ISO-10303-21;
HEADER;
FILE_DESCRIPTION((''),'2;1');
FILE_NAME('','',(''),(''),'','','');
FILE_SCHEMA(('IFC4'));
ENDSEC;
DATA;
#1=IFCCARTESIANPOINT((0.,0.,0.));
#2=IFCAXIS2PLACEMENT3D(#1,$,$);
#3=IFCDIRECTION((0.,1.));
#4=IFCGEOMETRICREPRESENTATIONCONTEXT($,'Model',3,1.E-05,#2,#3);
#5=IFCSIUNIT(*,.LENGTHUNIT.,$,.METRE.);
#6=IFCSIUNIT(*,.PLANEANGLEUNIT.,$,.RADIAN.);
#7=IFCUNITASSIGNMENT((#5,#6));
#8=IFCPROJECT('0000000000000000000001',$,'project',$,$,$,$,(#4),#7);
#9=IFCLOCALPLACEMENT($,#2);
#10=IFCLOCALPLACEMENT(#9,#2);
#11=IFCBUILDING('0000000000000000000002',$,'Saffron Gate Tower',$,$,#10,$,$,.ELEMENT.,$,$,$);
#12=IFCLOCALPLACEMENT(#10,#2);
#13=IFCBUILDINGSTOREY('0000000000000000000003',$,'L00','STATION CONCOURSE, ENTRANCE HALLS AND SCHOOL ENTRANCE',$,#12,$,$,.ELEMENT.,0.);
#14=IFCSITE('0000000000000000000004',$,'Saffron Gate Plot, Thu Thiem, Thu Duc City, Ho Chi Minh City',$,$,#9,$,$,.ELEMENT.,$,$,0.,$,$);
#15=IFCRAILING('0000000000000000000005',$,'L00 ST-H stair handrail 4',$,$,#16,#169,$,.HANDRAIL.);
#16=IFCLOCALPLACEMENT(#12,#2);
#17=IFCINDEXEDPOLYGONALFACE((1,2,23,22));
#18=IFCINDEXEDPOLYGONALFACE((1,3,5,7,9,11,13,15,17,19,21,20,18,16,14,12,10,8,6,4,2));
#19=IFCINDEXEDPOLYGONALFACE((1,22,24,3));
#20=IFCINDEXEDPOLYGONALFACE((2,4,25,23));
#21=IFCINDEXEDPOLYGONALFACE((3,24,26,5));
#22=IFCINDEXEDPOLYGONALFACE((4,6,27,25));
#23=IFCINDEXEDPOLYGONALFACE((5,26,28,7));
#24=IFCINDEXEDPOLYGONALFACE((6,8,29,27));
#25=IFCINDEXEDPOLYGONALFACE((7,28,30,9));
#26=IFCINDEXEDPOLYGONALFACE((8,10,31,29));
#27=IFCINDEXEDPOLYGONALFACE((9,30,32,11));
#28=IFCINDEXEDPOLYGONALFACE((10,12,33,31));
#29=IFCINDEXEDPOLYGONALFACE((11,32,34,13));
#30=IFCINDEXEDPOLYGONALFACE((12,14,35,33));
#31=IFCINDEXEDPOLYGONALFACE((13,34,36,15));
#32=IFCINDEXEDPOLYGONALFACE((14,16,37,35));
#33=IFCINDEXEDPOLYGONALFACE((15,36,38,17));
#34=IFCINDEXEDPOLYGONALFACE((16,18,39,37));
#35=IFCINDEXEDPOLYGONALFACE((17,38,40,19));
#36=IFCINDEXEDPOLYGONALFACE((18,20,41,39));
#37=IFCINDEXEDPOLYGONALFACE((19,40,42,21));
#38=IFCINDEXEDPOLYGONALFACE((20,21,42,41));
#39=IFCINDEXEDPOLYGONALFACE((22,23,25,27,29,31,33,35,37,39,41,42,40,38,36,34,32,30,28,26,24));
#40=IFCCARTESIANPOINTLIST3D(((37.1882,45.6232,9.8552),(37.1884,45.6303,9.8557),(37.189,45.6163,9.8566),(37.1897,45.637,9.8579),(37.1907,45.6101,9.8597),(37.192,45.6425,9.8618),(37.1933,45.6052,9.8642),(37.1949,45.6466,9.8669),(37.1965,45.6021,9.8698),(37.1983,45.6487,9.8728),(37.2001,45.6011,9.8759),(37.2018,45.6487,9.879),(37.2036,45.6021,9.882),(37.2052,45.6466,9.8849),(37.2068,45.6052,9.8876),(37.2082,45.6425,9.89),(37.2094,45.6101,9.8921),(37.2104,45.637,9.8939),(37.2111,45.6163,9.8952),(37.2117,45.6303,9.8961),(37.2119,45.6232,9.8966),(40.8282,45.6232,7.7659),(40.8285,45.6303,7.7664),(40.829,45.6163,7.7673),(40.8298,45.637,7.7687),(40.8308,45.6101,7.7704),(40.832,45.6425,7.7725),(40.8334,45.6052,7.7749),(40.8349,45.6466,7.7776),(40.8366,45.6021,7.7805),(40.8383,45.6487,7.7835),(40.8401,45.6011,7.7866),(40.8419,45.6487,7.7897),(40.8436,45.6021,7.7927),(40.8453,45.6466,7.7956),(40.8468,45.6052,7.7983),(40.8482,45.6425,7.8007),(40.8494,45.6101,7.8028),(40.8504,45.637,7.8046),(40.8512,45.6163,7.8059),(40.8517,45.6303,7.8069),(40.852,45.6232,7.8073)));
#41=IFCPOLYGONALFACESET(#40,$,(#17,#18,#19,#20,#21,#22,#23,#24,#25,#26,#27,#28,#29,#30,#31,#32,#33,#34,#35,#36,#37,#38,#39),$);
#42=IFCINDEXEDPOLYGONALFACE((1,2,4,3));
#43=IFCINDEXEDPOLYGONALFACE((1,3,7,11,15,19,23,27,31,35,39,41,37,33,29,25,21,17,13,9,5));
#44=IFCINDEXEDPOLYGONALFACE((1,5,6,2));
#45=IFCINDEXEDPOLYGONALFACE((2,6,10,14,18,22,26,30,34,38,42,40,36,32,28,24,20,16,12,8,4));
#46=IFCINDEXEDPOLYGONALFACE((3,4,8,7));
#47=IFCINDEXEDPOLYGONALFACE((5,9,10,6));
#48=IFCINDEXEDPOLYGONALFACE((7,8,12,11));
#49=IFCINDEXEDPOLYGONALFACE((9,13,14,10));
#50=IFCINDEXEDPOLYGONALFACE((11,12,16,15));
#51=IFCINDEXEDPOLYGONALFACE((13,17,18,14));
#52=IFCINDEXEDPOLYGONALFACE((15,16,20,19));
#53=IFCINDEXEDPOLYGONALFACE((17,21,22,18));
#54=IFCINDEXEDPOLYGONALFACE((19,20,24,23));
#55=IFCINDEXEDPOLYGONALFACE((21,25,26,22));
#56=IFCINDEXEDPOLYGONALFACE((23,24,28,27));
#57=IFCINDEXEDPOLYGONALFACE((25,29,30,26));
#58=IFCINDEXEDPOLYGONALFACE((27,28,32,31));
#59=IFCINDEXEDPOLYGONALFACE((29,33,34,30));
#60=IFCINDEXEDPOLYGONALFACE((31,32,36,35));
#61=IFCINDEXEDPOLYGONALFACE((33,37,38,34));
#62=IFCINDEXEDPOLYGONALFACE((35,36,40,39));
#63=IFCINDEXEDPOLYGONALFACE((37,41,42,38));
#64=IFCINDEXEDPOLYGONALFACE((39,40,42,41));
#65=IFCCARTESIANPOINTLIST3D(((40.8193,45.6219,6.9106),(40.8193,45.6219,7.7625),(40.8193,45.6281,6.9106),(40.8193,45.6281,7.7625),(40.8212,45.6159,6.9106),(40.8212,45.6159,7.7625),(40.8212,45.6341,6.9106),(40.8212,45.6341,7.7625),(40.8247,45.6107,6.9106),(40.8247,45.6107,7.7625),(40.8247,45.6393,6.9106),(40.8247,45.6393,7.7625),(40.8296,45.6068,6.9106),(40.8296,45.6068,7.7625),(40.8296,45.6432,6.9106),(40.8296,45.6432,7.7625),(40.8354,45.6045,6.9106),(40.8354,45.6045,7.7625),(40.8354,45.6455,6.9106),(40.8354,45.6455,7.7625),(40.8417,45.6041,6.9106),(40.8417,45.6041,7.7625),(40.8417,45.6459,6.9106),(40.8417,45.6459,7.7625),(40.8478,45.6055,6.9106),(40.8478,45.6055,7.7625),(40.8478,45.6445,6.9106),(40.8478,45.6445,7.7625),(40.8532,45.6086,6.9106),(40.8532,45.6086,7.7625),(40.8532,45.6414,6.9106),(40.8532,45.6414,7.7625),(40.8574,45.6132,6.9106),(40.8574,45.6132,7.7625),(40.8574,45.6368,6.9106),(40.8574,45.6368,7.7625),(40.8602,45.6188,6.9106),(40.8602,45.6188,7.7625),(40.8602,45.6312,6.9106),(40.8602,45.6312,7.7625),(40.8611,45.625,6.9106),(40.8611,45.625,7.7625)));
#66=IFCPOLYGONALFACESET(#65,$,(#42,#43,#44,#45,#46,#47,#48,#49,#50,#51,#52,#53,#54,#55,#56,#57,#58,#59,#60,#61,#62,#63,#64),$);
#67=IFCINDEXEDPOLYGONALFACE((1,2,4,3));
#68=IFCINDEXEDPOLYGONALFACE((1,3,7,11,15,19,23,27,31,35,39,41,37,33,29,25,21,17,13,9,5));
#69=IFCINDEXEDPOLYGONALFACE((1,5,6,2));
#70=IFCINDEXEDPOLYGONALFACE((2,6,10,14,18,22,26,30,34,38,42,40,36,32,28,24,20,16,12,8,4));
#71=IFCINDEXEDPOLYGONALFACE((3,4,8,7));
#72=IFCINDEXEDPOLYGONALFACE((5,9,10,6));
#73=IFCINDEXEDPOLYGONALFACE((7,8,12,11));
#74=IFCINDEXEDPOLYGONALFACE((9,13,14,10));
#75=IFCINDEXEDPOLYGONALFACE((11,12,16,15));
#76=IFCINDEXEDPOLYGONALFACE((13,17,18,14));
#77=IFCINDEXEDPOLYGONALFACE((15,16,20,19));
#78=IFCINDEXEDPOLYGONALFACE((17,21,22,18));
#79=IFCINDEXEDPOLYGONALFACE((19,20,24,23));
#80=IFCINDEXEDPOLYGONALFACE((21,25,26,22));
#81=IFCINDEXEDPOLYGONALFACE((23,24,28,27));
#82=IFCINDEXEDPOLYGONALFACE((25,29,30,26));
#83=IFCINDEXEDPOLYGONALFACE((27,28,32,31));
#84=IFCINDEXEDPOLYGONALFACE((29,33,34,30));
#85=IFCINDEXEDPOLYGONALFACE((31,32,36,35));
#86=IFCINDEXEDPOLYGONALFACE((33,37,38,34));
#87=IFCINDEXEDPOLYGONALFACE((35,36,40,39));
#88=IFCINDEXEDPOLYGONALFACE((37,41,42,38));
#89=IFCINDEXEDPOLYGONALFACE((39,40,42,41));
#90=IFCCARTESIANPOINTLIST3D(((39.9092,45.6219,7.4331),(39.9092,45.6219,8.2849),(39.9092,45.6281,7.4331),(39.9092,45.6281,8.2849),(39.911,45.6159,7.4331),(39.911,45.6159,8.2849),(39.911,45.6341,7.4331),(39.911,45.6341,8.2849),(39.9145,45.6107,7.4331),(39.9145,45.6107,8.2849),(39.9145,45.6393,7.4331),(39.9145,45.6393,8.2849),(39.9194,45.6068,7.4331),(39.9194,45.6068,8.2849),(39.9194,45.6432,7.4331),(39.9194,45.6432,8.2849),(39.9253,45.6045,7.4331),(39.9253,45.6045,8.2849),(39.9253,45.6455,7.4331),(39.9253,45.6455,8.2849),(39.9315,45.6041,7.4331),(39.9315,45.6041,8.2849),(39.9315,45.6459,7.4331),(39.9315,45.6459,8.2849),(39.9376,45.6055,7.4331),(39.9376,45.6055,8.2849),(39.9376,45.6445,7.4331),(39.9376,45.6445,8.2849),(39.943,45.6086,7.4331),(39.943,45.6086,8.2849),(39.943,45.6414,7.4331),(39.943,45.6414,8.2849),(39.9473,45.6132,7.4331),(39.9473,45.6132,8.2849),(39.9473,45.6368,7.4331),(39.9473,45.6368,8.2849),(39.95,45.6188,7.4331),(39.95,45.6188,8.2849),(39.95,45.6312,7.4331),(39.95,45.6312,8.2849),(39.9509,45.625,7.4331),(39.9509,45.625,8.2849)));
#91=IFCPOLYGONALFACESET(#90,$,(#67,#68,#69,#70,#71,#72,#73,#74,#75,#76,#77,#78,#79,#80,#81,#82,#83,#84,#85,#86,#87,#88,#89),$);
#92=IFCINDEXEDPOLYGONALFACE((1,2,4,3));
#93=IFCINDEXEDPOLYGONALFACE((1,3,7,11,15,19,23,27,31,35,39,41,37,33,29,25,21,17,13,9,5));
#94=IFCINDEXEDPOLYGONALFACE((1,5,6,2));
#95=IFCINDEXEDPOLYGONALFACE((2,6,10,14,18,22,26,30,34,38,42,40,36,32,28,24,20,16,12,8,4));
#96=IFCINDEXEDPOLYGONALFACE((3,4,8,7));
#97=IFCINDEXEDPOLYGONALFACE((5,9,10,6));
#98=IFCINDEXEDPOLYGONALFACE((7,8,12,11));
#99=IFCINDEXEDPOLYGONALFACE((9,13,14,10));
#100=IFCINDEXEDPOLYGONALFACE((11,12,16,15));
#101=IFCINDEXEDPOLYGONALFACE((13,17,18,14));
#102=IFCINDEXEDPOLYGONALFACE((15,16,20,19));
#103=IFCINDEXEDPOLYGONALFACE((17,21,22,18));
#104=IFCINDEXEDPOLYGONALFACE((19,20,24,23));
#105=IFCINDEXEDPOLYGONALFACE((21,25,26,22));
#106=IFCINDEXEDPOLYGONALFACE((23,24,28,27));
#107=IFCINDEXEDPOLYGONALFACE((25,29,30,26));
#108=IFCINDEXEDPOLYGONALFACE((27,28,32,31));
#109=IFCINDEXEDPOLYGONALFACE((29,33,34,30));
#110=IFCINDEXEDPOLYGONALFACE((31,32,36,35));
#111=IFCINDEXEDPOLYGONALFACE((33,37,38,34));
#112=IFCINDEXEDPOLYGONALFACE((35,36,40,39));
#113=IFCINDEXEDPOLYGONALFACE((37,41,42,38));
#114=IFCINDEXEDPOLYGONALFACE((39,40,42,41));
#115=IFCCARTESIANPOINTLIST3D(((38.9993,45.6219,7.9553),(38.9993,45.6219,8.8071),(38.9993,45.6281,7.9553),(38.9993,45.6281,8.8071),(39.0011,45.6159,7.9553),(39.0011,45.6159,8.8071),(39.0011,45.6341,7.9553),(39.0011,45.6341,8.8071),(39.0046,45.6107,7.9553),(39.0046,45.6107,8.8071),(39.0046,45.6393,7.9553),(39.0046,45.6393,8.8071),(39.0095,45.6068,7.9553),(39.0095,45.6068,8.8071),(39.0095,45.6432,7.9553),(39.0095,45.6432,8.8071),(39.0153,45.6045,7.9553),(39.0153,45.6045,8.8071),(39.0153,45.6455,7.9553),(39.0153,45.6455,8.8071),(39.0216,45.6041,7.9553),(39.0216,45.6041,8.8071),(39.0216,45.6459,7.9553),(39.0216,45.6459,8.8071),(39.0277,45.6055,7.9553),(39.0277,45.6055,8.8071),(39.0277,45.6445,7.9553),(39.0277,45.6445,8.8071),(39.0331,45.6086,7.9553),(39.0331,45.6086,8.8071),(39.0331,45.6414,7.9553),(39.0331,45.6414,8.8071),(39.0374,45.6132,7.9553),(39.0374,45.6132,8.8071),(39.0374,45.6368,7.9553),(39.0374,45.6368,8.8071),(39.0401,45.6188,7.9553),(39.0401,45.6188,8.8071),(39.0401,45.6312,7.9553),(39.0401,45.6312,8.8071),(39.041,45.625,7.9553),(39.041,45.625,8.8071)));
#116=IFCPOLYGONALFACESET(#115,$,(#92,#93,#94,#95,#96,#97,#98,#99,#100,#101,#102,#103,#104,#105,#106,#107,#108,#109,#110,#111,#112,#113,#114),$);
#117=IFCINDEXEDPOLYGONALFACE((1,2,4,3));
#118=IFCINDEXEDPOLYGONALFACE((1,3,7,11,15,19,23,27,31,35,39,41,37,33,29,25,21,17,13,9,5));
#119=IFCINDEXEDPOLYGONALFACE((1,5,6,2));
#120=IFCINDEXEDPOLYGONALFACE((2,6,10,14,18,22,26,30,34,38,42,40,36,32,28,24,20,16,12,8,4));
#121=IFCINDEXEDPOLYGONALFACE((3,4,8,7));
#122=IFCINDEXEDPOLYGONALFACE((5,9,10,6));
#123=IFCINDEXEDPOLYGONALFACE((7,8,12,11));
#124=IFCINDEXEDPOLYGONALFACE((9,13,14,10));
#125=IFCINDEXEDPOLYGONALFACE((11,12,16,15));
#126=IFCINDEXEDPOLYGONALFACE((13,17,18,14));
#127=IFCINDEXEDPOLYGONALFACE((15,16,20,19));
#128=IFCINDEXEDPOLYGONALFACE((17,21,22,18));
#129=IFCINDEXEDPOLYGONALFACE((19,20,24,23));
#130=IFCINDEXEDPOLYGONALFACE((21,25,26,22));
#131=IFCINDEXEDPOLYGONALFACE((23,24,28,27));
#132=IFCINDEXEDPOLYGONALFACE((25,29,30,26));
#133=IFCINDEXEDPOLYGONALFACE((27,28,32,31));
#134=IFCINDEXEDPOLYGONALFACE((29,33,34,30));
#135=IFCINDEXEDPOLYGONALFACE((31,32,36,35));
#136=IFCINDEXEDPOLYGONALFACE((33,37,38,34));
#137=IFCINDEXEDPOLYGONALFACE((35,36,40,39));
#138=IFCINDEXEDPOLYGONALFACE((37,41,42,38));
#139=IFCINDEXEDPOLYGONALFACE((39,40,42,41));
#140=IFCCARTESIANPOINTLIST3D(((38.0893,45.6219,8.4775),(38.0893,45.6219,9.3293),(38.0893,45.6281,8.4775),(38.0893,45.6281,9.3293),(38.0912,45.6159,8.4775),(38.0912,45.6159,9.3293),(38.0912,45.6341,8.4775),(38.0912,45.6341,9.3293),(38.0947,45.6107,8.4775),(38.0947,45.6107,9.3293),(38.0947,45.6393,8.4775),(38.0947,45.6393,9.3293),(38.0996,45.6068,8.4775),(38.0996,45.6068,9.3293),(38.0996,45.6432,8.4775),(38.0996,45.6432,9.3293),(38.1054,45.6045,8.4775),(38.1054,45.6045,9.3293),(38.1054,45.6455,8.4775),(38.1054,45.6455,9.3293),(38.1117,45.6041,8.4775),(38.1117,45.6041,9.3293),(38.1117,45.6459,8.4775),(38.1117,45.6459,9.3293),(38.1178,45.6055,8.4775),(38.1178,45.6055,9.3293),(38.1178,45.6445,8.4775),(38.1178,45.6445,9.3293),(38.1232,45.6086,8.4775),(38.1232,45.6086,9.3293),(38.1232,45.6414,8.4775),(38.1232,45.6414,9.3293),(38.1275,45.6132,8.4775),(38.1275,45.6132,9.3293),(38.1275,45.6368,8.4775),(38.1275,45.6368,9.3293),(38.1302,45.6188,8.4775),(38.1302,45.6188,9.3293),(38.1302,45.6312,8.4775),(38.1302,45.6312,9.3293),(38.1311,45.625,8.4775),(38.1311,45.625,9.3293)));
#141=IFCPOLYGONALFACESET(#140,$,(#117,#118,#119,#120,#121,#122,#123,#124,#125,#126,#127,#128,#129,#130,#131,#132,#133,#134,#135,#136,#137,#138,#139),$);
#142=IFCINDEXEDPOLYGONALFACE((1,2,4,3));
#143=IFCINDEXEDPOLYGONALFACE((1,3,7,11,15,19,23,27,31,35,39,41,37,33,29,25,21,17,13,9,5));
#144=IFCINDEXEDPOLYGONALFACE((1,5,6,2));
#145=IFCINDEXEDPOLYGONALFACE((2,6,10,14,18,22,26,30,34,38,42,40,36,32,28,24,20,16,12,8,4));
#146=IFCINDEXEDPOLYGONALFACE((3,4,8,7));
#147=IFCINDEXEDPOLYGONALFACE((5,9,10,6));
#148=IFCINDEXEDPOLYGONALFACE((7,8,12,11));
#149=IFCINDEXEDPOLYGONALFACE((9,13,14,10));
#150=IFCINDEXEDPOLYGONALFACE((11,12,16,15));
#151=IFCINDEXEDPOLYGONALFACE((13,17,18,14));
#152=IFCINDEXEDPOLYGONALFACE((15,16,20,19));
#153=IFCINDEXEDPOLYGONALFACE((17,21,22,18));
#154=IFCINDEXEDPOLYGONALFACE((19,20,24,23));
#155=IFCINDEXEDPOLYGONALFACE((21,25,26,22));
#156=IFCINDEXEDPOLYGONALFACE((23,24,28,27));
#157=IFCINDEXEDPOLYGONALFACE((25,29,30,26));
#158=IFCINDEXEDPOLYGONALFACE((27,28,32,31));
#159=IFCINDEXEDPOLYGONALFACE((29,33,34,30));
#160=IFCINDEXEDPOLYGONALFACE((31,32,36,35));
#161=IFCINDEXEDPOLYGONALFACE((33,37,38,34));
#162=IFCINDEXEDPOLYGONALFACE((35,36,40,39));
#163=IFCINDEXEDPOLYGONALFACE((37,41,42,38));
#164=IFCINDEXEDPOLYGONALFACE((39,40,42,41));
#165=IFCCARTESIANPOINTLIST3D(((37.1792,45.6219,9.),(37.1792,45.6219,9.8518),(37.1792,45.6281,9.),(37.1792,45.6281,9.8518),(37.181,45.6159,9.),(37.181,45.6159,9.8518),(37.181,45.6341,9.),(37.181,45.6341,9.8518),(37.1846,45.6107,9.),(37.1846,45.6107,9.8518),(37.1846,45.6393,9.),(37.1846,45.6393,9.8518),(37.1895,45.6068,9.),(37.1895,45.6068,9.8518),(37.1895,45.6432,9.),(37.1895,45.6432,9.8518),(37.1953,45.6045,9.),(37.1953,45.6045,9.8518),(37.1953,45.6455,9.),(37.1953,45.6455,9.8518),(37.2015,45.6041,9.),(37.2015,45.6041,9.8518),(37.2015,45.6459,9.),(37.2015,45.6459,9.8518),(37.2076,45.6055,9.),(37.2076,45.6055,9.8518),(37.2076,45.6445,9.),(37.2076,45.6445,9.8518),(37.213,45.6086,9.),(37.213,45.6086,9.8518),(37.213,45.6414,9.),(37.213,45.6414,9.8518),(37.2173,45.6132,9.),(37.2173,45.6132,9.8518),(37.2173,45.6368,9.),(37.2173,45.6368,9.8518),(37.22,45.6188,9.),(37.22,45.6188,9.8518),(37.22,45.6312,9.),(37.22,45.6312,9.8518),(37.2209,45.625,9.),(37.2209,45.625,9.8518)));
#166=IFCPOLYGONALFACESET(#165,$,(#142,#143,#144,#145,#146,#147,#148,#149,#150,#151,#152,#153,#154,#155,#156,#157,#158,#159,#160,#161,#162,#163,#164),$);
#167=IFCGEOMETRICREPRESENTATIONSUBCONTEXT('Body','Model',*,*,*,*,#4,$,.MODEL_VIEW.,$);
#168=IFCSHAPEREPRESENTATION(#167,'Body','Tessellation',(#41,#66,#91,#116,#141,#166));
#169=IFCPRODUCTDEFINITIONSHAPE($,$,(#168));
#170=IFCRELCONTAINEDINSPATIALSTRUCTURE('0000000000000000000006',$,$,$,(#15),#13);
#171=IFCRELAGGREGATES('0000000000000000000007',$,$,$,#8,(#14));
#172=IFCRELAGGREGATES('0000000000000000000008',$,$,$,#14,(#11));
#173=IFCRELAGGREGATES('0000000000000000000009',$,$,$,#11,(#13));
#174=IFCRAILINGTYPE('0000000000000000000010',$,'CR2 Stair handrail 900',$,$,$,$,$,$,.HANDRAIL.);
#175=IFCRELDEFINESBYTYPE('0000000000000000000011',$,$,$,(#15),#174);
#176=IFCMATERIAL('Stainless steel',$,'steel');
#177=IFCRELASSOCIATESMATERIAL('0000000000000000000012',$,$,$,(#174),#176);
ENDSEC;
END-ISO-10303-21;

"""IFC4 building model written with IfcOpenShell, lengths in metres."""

from ifc_helpers import new_model, si_unit, direction, frame, origin, origin_2d, place, context, subcontext, project, spatial, circle, extrude, material, type_object, element, save


model = new_model("IFC4")

# Units and contexts
model_context = context("Model", 3, precision=1e-05, world=origin(), true_north=direction((0.0, 1.0)))
body_context = subcontext(model_context, "Body", "Model", "MODEL_VIEW")
ifc_project = project(units=[si_unit("LENGTHUNIT", "METRE"), si_unit("PLANEANGLEUNIT", "RADIAN")], contexts=[model_context])

# Site, building, storey
site_placement = place(None, origin())
site = spatial("IfcSite", under=ifc_project, at=site_placement, Name="Saffron Gate Plot, Thu Thiem, Thu Duc City, Ho Chi Minh City", CompositionType="ELEMENT", RefElevation=0.0)
building_placement = place(site_placement, origin())
building = spatial("IfcBuilding", under=site, at=building_placement, Name="Saffron Gate Tower", CompositionType="ELEMENT")
storey_placement = place(building_placement, origin())
storey = spatial("IfcBuildingStorey", under=building, at=storey_placement, Name="L00", Description="STATION CONCOURSE, ENTRANCE HALLS AND SCHOOL ENTRANCE", CompositionType="ELEMENT", Elevation=0.0)

# Railing
ifc_material_1 = material(Name="Stainless steel", Category="steel")
railing_type_1 = type_object("IfcRailingType", Name="CR2 Stair handrail 900", PredefinedType="HANDRAIL", material=ifc_material_1)
railing_1_placement = place(storey_placement, frame((40.8401, 45.625, 6.9106)))
element("IfcRailing", 1, at=railing_1_placement, inside=storey, type_object=railing_type_1, Name="L00 ST-H stair handrail 4", PredefinedType="HANDRAIL", context=body_context, shape_type="SweptSolid", body=[
    extrude(circle(Radius=0.0239, at=origin_2d()), frame((0.0, 0.0, 0.876), z_axis=(-0.867289, 0.0, 0.497804), x_axis=(0.0, -1.0, 0.0)), (0.0, 0.0, 1.0), 4.197),
    extrude(circle(Radius=0.021, at=origin_2d()), origin(), (0.0, 0.0, 1.0), 0.8518),
    extrude(circle(Radius=0.021, at=origin_2d()), frame((-0.9102, 0.0, 0.5225)), (0.0, 0.0, 1.0), 0.8518),
    extrude(circle(Radius=0.021, at=origin_2d()), frame((-1.8201, 0.0, 1.0447)), (0.0, 0.0, 1.0), 0.8518),
    extrude(circle(Radius=0.021, at=origin_2d()), frame((-2.73, 0.0, 1.5669)), (0.0, 0.0, 1.0), 0.8518),
    extrude(circle(Radius=0.021, at=origin_2d()), frame((-3.6401, 0.0, 2.0894)), (0.0, 0.0, 1.0), 0.8518),
])

save(model, "model.ifc")
